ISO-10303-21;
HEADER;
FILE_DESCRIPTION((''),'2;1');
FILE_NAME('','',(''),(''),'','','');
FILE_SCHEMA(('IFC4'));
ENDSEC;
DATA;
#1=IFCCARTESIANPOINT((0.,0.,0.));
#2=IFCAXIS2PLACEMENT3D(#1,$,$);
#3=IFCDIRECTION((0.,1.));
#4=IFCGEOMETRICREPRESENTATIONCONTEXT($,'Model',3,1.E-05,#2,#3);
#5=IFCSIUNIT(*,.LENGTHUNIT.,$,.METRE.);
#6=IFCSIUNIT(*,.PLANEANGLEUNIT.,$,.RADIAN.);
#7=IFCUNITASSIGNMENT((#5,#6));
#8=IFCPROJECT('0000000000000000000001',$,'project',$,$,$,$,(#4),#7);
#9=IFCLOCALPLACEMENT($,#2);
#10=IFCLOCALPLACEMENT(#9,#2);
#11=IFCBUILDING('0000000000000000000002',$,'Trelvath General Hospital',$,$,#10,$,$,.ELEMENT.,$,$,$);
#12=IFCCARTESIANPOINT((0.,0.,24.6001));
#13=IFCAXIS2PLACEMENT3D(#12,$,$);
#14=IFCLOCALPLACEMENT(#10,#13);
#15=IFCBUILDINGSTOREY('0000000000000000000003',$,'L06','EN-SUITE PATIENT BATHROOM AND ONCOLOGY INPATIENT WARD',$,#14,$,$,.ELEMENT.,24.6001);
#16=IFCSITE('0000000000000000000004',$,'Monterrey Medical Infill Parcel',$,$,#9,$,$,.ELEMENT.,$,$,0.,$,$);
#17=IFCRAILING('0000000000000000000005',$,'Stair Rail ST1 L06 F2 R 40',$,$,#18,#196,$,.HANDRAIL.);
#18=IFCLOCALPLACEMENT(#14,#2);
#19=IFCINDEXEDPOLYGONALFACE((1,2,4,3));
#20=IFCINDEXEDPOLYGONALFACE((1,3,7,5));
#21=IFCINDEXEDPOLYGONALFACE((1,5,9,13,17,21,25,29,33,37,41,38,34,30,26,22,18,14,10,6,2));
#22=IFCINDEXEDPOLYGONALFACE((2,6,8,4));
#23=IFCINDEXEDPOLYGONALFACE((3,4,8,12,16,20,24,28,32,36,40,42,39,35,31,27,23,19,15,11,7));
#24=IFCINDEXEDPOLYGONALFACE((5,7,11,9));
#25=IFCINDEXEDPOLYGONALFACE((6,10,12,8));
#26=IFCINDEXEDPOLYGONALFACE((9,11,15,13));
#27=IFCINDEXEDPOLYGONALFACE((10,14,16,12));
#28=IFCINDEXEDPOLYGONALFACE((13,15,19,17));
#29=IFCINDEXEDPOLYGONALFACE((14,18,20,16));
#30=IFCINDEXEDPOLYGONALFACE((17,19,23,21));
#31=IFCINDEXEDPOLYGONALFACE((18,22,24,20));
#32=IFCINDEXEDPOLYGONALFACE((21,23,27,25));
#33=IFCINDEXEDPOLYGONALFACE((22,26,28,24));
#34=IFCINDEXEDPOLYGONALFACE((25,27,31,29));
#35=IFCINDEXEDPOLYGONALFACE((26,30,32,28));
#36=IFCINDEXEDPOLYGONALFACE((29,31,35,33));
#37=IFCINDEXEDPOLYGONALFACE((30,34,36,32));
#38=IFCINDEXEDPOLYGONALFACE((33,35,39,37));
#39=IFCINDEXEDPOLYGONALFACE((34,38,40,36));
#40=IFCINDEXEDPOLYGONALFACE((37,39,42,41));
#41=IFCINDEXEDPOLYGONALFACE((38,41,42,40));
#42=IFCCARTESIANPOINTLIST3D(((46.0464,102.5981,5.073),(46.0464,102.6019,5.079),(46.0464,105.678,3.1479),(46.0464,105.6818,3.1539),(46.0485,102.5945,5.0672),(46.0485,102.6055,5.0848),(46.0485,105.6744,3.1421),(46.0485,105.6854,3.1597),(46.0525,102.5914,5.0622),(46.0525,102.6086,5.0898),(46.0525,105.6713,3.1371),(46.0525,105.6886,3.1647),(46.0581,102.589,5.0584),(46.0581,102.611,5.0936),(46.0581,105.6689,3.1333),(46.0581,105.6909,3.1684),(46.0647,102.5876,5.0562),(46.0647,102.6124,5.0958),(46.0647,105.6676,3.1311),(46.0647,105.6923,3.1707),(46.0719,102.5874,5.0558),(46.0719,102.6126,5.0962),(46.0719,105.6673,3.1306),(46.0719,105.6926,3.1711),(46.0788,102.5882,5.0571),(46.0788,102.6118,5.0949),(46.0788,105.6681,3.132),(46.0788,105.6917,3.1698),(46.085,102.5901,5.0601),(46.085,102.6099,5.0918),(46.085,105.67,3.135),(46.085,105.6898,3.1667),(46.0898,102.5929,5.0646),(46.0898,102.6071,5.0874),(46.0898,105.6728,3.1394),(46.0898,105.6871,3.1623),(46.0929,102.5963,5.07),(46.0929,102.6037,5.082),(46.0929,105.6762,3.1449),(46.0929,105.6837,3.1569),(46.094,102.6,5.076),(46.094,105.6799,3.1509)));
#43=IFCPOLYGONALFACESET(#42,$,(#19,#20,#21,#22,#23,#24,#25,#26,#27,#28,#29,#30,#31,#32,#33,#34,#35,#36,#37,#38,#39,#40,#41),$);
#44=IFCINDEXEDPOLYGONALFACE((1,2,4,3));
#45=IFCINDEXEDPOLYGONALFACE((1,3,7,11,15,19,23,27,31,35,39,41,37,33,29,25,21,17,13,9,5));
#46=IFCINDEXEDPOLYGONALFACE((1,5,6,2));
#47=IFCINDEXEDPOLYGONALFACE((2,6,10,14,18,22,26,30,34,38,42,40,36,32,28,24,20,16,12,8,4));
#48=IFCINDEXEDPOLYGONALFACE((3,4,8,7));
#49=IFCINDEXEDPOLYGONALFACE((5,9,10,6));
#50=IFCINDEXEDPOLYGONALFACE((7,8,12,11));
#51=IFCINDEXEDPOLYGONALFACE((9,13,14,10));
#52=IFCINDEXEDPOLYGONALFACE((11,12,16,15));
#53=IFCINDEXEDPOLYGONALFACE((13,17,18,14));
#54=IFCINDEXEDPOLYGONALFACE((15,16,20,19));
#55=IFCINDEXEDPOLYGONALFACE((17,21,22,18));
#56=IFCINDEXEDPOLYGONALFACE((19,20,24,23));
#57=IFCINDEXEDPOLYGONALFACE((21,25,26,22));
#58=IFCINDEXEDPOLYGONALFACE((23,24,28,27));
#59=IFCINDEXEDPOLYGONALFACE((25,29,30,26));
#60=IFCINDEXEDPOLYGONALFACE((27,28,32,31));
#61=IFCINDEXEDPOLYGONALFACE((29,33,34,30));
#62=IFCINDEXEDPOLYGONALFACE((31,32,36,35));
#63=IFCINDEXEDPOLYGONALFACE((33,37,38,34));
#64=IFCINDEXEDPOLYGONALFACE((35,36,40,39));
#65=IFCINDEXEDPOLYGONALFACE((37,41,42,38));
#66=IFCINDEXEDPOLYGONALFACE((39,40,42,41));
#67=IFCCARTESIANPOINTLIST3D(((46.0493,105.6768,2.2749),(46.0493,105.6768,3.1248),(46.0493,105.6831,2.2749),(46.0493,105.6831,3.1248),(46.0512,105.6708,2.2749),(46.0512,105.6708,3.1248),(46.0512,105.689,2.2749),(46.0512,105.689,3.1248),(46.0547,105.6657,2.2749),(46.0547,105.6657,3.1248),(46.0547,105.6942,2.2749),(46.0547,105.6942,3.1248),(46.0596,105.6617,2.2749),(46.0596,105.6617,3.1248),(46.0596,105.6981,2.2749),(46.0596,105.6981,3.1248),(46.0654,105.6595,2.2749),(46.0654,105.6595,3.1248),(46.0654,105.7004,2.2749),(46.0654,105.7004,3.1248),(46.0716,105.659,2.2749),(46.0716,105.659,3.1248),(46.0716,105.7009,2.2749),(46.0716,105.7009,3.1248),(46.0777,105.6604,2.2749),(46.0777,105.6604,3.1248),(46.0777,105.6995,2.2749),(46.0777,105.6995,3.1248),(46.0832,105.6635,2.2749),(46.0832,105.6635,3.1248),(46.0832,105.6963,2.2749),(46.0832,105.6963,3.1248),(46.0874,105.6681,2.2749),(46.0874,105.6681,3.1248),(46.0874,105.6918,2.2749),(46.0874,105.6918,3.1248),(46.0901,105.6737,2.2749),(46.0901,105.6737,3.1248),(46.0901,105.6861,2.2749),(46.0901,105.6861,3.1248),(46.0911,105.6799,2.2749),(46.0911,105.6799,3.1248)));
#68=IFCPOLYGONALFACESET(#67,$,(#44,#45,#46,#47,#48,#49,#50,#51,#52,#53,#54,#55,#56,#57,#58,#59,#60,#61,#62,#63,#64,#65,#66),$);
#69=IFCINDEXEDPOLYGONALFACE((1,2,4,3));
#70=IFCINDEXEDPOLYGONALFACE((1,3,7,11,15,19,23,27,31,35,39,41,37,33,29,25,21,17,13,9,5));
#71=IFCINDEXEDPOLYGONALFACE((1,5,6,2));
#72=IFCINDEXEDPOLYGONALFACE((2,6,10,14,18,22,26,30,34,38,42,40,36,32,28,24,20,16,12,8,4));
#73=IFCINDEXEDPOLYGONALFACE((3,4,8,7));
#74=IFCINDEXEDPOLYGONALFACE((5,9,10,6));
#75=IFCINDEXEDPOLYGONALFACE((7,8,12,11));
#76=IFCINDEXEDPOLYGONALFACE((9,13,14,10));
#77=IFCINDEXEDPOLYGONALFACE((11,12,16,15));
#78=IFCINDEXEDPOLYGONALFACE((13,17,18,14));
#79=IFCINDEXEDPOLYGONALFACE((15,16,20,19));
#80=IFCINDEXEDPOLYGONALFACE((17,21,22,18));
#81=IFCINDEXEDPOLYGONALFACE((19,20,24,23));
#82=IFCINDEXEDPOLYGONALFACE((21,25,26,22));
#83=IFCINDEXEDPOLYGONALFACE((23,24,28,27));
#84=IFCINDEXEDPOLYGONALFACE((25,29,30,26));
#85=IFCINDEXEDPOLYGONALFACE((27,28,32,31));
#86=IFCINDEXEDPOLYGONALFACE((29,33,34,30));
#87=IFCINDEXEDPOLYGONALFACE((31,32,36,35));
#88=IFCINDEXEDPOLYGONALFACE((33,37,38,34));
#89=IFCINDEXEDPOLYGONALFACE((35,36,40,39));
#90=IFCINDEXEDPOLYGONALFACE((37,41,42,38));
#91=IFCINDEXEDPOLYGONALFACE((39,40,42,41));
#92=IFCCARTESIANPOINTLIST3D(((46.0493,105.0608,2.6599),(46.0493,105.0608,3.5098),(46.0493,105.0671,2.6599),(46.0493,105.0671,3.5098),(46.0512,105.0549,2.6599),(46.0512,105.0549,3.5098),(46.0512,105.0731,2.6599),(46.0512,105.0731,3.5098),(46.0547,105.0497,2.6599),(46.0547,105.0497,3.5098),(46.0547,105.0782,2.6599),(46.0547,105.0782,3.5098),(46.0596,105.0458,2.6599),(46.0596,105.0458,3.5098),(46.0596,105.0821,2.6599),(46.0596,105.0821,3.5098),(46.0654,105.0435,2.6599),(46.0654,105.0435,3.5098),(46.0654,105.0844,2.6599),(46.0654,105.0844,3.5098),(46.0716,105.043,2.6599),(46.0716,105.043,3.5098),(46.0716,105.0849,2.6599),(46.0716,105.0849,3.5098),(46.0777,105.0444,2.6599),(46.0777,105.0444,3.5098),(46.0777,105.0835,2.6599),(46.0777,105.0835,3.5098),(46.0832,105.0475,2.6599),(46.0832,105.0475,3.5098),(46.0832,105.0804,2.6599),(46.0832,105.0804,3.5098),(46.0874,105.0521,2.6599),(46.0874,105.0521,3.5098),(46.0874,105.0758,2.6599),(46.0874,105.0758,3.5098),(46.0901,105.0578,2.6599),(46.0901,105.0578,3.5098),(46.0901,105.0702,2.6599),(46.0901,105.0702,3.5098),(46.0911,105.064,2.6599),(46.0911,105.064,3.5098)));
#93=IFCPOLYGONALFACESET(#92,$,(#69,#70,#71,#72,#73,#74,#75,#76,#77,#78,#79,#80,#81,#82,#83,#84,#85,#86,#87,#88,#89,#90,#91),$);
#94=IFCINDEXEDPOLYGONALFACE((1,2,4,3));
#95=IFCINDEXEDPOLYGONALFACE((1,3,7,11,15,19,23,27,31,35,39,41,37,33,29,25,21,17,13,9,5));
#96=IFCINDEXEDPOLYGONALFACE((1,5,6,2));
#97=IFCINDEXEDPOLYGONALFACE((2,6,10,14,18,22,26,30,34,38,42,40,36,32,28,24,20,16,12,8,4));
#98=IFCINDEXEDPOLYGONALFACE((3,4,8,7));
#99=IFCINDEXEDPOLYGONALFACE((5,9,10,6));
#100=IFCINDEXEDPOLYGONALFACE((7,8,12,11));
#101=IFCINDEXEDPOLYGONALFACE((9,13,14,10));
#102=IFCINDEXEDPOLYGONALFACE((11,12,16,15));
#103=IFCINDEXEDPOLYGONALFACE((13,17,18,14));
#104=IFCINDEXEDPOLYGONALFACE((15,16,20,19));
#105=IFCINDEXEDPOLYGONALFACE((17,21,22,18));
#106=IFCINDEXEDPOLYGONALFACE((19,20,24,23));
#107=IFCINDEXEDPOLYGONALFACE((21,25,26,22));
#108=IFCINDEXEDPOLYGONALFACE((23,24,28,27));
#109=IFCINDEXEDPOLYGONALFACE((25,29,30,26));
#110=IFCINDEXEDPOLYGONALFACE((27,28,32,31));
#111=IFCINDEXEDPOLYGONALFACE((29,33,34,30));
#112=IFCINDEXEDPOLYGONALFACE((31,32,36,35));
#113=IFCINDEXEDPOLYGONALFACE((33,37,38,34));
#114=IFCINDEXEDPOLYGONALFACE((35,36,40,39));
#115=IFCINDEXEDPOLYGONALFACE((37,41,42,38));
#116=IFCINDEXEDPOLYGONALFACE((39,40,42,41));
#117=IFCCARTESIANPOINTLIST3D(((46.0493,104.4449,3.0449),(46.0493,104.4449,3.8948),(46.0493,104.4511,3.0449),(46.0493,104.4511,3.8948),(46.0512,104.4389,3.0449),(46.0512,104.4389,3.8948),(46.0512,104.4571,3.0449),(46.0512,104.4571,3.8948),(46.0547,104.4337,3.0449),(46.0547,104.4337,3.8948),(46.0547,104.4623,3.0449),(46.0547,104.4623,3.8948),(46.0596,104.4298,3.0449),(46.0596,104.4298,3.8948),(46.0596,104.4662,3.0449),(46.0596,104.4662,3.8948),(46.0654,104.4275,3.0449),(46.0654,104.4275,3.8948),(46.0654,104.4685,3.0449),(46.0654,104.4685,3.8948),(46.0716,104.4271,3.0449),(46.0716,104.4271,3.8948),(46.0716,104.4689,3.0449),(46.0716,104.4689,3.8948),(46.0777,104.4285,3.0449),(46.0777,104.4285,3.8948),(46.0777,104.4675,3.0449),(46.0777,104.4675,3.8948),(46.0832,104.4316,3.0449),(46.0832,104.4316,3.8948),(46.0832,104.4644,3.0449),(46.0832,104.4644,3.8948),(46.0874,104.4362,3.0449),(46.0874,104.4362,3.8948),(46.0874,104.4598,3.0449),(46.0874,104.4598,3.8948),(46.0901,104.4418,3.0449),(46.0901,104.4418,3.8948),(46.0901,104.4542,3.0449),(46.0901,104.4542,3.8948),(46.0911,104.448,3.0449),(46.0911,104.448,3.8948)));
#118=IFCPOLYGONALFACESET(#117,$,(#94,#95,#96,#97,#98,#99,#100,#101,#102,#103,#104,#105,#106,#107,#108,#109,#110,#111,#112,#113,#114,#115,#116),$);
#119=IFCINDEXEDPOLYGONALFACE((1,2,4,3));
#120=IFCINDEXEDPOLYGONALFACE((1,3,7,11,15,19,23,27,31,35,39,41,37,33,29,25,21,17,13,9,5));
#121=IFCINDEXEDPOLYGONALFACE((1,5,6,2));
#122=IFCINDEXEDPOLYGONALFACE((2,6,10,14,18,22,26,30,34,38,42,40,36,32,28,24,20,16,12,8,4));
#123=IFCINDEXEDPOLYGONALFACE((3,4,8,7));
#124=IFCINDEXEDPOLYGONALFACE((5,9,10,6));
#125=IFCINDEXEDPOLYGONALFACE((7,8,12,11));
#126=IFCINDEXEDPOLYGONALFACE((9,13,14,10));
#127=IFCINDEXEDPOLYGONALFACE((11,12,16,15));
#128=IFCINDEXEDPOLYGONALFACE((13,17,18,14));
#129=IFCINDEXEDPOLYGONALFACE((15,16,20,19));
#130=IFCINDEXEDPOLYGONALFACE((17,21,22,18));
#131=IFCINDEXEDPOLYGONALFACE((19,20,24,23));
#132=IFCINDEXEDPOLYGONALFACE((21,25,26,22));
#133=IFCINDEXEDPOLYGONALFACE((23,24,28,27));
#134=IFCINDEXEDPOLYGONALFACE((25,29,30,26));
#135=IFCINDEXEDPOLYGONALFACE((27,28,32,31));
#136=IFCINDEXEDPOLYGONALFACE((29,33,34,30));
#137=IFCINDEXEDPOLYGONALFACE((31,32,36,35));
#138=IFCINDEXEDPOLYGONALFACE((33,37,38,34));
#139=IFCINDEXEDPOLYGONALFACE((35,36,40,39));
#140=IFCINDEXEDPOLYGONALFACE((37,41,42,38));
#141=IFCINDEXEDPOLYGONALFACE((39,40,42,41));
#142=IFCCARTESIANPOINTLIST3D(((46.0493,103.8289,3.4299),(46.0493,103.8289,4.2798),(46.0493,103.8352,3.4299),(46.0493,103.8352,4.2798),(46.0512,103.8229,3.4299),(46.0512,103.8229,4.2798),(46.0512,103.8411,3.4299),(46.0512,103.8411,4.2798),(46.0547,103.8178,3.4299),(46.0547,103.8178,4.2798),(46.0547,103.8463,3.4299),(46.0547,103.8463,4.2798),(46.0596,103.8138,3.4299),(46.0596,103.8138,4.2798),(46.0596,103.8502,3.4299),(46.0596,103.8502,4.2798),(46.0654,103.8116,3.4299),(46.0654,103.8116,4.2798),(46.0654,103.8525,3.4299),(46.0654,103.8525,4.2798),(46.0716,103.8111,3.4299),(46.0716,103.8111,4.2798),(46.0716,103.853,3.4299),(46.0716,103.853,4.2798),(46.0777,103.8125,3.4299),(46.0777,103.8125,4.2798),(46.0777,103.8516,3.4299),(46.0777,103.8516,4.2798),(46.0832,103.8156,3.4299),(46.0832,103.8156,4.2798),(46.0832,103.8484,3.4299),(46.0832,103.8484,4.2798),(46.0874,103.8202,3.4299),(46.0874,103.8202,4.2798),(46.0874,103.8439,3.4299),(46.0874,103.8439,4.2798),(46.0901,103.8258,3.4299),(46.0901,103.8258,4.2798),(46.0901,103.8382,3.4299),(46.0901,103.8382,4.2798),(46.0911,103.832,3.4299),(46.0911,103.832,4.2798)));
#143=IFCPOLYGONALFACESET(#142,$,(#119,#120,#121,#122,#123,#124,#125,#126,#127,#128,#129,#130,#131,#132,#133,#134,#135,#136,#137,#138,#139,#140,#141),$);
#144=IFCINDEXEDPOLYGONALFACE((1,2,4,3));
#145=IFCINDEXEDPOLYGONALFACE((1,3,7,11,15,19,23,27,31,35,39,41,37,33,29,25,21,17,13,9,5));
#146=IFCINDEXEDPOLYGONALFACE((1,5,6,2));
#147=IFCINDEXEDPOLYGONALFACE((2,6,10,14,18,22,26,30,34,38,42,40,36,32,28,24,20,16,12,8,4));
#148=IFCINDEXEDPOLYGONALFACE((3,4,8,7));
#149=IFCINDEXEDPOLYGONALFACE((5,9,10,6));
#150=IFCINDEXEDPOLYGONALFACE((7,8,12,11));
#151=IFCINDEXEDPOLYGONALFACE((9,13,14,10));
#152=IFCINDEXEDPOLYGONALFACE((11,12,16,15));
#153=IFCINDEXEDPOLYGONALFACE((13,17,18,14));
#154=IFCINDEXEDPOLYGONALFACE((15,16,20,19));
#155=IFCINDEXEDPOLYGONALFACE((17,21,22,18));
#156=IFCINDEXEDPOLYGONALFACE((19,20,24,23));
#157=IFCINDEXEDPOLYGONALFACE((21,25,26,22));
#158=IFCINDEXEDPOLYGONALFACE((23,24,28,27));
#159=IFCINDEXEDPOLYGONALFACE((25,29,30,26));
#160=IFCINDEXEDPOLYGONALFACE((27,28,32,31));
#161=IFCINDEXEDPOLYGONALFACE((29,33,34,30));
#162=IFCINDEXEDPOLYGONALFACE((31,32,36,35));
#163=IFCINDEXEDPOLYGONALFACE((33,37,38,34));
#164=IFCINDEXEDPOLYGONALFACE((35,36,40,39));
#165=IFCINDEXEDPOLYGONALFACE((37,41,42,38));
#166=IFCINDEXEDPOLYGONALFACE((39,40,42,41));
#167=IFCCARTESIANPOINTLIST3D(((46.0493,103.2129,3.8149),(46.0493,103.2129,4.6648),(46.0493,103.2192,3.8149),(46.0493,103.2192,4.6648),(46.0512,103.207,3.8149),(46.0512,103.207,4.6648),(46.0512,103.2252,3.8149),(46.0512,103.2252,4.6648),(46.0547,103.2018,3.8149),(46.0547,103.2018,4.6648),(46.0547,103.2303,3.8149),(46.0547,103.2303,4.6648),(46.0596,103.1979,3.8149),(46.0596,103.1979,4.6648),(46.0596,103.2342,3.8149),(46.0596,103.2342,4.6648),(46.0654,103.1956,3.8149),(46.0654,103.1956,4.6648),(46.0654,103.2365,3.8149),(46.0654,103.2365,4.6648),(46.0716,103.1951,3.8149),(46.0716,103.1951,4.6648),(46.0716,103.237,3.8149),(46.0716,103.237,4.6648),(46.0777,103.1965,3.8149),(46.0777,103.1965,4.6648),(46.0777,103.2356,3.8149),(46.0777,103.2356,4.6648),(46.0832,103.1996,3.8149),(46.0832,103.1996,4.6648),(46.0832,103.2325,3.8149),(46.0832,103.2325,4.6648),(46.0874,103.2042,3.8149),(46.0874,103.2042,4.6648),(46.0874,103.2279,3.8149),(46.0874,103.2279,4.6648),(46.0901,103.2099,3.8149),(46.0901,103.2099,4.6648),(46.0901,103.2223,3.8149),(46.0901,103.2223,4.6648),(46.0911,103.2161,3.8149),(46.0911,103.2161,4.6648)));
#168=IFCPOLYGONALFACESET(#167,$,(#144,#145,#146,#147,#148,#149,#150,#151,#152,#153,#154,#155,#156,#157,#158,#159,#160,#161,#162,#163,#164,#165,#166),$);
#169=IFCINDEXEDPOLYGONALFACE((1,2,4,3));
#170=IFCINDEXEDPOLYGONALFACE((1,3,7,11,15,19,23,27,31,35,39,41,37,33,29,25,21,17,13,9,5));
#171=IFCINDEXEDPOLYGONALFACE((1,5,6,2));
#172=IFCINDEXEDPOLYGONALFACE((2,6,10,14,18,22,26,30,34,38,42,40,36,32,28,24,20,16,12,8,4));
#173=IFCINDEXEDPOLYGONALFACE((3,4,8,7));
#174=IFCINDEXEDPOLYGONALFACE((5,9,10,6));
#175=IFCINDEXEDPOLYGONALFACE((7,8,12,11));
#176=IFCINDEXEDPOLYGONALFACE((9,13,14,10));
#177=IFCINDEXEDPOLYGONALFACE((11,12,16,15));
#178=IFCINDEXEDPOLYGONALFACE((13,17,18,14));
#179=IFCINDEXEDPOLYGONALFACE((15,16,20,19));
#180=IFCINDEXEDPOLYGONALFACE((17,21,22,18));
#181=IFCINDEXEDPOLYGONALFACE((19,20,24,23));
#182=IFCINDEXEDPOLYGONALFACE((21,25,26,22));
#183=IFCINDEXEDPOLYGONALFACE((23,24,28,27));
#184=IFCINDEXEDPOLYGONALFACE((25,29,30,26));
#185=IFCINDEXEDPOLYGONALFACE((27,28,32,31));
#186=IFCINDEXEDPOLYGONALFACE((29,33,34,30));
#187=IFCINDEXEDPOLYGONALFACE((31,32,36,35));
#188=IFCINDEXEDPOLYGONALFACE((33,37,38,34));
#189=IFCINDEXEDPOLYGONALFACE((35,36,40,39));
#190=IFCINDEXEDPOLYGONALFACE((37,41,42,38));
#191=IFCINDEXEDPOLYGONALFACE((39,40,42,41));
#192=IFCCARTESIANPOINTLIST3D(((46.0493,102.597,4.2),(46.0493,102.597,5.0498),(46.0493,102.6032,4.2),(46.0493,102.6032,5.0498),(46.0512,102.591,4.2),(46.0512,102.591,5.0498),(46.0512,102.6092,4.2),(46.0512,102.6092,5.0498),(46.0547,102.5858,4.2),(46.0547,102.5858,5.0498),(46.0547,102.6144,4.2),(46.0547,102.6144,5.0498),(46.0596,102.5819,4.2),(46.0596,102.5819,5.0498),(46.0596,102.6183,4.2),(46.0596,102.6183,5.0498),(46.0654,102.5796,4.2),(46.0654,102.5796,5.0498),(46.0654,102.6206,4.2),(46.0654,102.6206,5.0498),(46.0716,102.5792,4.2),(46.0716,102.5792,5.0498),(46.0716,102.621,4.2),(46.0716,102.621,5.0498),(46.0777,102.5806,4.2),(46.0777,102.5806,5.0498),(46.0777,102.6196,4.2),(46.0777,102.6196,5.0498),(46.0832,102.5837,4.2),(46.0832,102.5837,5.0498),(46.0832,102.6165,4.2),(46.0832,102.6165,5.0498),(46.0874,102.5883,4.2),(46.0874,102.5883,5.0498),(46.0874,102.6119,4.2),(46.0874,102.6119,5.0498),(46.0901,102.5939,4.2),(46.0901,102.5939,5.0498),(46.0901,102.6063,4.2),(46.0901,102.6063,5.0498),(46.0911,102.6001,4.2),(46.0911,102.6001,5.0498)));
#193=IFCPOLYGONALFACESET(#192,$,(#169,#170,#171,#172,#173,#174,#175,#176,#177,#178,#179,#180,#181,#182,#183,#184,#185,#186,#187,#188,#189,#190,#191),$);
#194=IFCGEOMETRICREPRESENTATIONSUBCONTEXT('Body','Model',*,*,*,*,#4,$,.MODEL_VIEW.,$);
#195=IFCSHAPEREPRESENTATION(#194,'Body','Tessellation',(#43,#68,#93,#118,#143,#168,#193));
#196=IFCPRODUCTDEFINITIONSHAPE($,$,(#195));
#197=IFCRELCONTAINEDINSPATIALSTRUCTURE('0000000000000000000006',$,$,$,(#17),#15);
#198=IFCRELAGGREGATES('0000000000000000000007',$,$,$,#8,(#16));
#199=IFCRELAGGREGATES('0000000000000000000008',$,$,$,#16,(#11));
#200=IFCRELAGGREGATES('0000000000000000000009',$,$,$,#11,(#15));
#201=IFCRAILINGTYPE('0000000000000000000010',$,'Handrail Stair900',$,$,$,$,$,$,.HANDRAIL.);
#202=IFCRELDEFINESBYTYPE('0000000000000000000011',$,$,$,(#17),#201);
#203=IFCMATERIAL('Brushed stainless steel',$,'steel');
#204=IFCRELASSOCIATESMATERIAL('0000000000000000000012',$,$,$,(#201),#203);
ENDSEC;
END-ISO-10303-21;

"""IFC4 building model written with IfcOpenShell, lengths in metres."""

from ifc_helpers import new_model, si_unit, direction, frame, origin, origin_2d, place, context, subcontext, project, spatial, circle, extrude, material, type_object, element, save


model = new_model("IFC4")

# Units and contexts
model_context = context("Model", 3, precision=1e-05, world=origin(), true_north=direction((0.0, 1.0)))
body_context = subcontext(model_context, "Body", "Model", "MODEL_VIEW")
ifc_project = project(units=[si_unit("LENGTHUNIT", "METRE"), si_unit("PLANEANGLEUNIT", "RADIAN")], contexts=[model_context])

# Site, building, storey
site_placement = place(None, origin())
site = spatial("IfcSite", under=ifc_project, at=site_placement, Name="Monterrey Medical Infill Parcel", CompositionType="ELEMENT", RefElevation=0.0)
building_placement = place(site_placement, origin())
building = spatial("IfcBuilding", under=site, at=building_placement, Name="Trelvath General Hospital", CompositionType="ELEMENT")
storey_placement = place(building_placement, frame((0.0, 0.0, 24.6001)))
storey = spatial("IfcBuildingStorey", under=building, at=storey_placement, Name="L06", Description="EN-SUITE PATIENT BATHROOM AND ONCOLOGY INPATIENT WARD", CompositionType="ELEMENT", Elevation=24.6001)

# Railing
ifc_material_1 = material(Name="Brushed stainless steel", Category="steel")
railing_type_1 = type_object("IfcRailingType", Name="Handrail Stair900", PredefinedType="HANDRAIL", material=ifc_material_1)
railing_1_placement = place(storey_placement, frame((46.0701, 105.6799, 2.2749)))
element("IfcRailing", 1, at=railing_1_placement, inside=storey, type_object=railing_type_1, Name="Stair Rail ST1 L06 F2 R 40", PredefinedType="HANDRAIL", context=body_context, shape_type="SweptSolid", body=[
    extrude(circle(Radius=0.0239, at=origin_2d()), frame((0.0, 0.0, 0.876), z_axis=(0.0, -0.847979, 0.530029), x_axis=(1.0, 0.0, 0.0)), (0.0, 0.0, 1.0), 3.6321),
    extrude(circle(Radius=0.021, at=origin_2d()), origin(), (0.0, 0.0, 1.0), 0.8499),
    extrude(circle(Radius=0.021, at=origin_2d()), frame((0.0, -0.616, 0.385)), (0.0, 0.0, 1.0), 0.8499),
    extrude(circle(Radius=0.021, at=origin_2d()), frame((0.0, -1.2319, 0.77)), (0.0, 0.0, 1.0), 0.8499),
    extrude(circle(Radius=0.021, at=origin_2d()), frame((0.0, -1.8479, 1.155)), (0.0, 0.0, 1.0), 0.8499),
    extrude(circle(Radius=0.021, at=origin_2d()), frame((0.0, -2.4639, 1.54)), (0.0, 0.0, 1.0), 0.8499),
    extrude(circle(Radius=0.021, at=origin_2d()), frame((0.0, -3.0798, 1.925)), (0.0, 0.0, 1.0), 0.8499),
])

save(model, "model.ifc")
